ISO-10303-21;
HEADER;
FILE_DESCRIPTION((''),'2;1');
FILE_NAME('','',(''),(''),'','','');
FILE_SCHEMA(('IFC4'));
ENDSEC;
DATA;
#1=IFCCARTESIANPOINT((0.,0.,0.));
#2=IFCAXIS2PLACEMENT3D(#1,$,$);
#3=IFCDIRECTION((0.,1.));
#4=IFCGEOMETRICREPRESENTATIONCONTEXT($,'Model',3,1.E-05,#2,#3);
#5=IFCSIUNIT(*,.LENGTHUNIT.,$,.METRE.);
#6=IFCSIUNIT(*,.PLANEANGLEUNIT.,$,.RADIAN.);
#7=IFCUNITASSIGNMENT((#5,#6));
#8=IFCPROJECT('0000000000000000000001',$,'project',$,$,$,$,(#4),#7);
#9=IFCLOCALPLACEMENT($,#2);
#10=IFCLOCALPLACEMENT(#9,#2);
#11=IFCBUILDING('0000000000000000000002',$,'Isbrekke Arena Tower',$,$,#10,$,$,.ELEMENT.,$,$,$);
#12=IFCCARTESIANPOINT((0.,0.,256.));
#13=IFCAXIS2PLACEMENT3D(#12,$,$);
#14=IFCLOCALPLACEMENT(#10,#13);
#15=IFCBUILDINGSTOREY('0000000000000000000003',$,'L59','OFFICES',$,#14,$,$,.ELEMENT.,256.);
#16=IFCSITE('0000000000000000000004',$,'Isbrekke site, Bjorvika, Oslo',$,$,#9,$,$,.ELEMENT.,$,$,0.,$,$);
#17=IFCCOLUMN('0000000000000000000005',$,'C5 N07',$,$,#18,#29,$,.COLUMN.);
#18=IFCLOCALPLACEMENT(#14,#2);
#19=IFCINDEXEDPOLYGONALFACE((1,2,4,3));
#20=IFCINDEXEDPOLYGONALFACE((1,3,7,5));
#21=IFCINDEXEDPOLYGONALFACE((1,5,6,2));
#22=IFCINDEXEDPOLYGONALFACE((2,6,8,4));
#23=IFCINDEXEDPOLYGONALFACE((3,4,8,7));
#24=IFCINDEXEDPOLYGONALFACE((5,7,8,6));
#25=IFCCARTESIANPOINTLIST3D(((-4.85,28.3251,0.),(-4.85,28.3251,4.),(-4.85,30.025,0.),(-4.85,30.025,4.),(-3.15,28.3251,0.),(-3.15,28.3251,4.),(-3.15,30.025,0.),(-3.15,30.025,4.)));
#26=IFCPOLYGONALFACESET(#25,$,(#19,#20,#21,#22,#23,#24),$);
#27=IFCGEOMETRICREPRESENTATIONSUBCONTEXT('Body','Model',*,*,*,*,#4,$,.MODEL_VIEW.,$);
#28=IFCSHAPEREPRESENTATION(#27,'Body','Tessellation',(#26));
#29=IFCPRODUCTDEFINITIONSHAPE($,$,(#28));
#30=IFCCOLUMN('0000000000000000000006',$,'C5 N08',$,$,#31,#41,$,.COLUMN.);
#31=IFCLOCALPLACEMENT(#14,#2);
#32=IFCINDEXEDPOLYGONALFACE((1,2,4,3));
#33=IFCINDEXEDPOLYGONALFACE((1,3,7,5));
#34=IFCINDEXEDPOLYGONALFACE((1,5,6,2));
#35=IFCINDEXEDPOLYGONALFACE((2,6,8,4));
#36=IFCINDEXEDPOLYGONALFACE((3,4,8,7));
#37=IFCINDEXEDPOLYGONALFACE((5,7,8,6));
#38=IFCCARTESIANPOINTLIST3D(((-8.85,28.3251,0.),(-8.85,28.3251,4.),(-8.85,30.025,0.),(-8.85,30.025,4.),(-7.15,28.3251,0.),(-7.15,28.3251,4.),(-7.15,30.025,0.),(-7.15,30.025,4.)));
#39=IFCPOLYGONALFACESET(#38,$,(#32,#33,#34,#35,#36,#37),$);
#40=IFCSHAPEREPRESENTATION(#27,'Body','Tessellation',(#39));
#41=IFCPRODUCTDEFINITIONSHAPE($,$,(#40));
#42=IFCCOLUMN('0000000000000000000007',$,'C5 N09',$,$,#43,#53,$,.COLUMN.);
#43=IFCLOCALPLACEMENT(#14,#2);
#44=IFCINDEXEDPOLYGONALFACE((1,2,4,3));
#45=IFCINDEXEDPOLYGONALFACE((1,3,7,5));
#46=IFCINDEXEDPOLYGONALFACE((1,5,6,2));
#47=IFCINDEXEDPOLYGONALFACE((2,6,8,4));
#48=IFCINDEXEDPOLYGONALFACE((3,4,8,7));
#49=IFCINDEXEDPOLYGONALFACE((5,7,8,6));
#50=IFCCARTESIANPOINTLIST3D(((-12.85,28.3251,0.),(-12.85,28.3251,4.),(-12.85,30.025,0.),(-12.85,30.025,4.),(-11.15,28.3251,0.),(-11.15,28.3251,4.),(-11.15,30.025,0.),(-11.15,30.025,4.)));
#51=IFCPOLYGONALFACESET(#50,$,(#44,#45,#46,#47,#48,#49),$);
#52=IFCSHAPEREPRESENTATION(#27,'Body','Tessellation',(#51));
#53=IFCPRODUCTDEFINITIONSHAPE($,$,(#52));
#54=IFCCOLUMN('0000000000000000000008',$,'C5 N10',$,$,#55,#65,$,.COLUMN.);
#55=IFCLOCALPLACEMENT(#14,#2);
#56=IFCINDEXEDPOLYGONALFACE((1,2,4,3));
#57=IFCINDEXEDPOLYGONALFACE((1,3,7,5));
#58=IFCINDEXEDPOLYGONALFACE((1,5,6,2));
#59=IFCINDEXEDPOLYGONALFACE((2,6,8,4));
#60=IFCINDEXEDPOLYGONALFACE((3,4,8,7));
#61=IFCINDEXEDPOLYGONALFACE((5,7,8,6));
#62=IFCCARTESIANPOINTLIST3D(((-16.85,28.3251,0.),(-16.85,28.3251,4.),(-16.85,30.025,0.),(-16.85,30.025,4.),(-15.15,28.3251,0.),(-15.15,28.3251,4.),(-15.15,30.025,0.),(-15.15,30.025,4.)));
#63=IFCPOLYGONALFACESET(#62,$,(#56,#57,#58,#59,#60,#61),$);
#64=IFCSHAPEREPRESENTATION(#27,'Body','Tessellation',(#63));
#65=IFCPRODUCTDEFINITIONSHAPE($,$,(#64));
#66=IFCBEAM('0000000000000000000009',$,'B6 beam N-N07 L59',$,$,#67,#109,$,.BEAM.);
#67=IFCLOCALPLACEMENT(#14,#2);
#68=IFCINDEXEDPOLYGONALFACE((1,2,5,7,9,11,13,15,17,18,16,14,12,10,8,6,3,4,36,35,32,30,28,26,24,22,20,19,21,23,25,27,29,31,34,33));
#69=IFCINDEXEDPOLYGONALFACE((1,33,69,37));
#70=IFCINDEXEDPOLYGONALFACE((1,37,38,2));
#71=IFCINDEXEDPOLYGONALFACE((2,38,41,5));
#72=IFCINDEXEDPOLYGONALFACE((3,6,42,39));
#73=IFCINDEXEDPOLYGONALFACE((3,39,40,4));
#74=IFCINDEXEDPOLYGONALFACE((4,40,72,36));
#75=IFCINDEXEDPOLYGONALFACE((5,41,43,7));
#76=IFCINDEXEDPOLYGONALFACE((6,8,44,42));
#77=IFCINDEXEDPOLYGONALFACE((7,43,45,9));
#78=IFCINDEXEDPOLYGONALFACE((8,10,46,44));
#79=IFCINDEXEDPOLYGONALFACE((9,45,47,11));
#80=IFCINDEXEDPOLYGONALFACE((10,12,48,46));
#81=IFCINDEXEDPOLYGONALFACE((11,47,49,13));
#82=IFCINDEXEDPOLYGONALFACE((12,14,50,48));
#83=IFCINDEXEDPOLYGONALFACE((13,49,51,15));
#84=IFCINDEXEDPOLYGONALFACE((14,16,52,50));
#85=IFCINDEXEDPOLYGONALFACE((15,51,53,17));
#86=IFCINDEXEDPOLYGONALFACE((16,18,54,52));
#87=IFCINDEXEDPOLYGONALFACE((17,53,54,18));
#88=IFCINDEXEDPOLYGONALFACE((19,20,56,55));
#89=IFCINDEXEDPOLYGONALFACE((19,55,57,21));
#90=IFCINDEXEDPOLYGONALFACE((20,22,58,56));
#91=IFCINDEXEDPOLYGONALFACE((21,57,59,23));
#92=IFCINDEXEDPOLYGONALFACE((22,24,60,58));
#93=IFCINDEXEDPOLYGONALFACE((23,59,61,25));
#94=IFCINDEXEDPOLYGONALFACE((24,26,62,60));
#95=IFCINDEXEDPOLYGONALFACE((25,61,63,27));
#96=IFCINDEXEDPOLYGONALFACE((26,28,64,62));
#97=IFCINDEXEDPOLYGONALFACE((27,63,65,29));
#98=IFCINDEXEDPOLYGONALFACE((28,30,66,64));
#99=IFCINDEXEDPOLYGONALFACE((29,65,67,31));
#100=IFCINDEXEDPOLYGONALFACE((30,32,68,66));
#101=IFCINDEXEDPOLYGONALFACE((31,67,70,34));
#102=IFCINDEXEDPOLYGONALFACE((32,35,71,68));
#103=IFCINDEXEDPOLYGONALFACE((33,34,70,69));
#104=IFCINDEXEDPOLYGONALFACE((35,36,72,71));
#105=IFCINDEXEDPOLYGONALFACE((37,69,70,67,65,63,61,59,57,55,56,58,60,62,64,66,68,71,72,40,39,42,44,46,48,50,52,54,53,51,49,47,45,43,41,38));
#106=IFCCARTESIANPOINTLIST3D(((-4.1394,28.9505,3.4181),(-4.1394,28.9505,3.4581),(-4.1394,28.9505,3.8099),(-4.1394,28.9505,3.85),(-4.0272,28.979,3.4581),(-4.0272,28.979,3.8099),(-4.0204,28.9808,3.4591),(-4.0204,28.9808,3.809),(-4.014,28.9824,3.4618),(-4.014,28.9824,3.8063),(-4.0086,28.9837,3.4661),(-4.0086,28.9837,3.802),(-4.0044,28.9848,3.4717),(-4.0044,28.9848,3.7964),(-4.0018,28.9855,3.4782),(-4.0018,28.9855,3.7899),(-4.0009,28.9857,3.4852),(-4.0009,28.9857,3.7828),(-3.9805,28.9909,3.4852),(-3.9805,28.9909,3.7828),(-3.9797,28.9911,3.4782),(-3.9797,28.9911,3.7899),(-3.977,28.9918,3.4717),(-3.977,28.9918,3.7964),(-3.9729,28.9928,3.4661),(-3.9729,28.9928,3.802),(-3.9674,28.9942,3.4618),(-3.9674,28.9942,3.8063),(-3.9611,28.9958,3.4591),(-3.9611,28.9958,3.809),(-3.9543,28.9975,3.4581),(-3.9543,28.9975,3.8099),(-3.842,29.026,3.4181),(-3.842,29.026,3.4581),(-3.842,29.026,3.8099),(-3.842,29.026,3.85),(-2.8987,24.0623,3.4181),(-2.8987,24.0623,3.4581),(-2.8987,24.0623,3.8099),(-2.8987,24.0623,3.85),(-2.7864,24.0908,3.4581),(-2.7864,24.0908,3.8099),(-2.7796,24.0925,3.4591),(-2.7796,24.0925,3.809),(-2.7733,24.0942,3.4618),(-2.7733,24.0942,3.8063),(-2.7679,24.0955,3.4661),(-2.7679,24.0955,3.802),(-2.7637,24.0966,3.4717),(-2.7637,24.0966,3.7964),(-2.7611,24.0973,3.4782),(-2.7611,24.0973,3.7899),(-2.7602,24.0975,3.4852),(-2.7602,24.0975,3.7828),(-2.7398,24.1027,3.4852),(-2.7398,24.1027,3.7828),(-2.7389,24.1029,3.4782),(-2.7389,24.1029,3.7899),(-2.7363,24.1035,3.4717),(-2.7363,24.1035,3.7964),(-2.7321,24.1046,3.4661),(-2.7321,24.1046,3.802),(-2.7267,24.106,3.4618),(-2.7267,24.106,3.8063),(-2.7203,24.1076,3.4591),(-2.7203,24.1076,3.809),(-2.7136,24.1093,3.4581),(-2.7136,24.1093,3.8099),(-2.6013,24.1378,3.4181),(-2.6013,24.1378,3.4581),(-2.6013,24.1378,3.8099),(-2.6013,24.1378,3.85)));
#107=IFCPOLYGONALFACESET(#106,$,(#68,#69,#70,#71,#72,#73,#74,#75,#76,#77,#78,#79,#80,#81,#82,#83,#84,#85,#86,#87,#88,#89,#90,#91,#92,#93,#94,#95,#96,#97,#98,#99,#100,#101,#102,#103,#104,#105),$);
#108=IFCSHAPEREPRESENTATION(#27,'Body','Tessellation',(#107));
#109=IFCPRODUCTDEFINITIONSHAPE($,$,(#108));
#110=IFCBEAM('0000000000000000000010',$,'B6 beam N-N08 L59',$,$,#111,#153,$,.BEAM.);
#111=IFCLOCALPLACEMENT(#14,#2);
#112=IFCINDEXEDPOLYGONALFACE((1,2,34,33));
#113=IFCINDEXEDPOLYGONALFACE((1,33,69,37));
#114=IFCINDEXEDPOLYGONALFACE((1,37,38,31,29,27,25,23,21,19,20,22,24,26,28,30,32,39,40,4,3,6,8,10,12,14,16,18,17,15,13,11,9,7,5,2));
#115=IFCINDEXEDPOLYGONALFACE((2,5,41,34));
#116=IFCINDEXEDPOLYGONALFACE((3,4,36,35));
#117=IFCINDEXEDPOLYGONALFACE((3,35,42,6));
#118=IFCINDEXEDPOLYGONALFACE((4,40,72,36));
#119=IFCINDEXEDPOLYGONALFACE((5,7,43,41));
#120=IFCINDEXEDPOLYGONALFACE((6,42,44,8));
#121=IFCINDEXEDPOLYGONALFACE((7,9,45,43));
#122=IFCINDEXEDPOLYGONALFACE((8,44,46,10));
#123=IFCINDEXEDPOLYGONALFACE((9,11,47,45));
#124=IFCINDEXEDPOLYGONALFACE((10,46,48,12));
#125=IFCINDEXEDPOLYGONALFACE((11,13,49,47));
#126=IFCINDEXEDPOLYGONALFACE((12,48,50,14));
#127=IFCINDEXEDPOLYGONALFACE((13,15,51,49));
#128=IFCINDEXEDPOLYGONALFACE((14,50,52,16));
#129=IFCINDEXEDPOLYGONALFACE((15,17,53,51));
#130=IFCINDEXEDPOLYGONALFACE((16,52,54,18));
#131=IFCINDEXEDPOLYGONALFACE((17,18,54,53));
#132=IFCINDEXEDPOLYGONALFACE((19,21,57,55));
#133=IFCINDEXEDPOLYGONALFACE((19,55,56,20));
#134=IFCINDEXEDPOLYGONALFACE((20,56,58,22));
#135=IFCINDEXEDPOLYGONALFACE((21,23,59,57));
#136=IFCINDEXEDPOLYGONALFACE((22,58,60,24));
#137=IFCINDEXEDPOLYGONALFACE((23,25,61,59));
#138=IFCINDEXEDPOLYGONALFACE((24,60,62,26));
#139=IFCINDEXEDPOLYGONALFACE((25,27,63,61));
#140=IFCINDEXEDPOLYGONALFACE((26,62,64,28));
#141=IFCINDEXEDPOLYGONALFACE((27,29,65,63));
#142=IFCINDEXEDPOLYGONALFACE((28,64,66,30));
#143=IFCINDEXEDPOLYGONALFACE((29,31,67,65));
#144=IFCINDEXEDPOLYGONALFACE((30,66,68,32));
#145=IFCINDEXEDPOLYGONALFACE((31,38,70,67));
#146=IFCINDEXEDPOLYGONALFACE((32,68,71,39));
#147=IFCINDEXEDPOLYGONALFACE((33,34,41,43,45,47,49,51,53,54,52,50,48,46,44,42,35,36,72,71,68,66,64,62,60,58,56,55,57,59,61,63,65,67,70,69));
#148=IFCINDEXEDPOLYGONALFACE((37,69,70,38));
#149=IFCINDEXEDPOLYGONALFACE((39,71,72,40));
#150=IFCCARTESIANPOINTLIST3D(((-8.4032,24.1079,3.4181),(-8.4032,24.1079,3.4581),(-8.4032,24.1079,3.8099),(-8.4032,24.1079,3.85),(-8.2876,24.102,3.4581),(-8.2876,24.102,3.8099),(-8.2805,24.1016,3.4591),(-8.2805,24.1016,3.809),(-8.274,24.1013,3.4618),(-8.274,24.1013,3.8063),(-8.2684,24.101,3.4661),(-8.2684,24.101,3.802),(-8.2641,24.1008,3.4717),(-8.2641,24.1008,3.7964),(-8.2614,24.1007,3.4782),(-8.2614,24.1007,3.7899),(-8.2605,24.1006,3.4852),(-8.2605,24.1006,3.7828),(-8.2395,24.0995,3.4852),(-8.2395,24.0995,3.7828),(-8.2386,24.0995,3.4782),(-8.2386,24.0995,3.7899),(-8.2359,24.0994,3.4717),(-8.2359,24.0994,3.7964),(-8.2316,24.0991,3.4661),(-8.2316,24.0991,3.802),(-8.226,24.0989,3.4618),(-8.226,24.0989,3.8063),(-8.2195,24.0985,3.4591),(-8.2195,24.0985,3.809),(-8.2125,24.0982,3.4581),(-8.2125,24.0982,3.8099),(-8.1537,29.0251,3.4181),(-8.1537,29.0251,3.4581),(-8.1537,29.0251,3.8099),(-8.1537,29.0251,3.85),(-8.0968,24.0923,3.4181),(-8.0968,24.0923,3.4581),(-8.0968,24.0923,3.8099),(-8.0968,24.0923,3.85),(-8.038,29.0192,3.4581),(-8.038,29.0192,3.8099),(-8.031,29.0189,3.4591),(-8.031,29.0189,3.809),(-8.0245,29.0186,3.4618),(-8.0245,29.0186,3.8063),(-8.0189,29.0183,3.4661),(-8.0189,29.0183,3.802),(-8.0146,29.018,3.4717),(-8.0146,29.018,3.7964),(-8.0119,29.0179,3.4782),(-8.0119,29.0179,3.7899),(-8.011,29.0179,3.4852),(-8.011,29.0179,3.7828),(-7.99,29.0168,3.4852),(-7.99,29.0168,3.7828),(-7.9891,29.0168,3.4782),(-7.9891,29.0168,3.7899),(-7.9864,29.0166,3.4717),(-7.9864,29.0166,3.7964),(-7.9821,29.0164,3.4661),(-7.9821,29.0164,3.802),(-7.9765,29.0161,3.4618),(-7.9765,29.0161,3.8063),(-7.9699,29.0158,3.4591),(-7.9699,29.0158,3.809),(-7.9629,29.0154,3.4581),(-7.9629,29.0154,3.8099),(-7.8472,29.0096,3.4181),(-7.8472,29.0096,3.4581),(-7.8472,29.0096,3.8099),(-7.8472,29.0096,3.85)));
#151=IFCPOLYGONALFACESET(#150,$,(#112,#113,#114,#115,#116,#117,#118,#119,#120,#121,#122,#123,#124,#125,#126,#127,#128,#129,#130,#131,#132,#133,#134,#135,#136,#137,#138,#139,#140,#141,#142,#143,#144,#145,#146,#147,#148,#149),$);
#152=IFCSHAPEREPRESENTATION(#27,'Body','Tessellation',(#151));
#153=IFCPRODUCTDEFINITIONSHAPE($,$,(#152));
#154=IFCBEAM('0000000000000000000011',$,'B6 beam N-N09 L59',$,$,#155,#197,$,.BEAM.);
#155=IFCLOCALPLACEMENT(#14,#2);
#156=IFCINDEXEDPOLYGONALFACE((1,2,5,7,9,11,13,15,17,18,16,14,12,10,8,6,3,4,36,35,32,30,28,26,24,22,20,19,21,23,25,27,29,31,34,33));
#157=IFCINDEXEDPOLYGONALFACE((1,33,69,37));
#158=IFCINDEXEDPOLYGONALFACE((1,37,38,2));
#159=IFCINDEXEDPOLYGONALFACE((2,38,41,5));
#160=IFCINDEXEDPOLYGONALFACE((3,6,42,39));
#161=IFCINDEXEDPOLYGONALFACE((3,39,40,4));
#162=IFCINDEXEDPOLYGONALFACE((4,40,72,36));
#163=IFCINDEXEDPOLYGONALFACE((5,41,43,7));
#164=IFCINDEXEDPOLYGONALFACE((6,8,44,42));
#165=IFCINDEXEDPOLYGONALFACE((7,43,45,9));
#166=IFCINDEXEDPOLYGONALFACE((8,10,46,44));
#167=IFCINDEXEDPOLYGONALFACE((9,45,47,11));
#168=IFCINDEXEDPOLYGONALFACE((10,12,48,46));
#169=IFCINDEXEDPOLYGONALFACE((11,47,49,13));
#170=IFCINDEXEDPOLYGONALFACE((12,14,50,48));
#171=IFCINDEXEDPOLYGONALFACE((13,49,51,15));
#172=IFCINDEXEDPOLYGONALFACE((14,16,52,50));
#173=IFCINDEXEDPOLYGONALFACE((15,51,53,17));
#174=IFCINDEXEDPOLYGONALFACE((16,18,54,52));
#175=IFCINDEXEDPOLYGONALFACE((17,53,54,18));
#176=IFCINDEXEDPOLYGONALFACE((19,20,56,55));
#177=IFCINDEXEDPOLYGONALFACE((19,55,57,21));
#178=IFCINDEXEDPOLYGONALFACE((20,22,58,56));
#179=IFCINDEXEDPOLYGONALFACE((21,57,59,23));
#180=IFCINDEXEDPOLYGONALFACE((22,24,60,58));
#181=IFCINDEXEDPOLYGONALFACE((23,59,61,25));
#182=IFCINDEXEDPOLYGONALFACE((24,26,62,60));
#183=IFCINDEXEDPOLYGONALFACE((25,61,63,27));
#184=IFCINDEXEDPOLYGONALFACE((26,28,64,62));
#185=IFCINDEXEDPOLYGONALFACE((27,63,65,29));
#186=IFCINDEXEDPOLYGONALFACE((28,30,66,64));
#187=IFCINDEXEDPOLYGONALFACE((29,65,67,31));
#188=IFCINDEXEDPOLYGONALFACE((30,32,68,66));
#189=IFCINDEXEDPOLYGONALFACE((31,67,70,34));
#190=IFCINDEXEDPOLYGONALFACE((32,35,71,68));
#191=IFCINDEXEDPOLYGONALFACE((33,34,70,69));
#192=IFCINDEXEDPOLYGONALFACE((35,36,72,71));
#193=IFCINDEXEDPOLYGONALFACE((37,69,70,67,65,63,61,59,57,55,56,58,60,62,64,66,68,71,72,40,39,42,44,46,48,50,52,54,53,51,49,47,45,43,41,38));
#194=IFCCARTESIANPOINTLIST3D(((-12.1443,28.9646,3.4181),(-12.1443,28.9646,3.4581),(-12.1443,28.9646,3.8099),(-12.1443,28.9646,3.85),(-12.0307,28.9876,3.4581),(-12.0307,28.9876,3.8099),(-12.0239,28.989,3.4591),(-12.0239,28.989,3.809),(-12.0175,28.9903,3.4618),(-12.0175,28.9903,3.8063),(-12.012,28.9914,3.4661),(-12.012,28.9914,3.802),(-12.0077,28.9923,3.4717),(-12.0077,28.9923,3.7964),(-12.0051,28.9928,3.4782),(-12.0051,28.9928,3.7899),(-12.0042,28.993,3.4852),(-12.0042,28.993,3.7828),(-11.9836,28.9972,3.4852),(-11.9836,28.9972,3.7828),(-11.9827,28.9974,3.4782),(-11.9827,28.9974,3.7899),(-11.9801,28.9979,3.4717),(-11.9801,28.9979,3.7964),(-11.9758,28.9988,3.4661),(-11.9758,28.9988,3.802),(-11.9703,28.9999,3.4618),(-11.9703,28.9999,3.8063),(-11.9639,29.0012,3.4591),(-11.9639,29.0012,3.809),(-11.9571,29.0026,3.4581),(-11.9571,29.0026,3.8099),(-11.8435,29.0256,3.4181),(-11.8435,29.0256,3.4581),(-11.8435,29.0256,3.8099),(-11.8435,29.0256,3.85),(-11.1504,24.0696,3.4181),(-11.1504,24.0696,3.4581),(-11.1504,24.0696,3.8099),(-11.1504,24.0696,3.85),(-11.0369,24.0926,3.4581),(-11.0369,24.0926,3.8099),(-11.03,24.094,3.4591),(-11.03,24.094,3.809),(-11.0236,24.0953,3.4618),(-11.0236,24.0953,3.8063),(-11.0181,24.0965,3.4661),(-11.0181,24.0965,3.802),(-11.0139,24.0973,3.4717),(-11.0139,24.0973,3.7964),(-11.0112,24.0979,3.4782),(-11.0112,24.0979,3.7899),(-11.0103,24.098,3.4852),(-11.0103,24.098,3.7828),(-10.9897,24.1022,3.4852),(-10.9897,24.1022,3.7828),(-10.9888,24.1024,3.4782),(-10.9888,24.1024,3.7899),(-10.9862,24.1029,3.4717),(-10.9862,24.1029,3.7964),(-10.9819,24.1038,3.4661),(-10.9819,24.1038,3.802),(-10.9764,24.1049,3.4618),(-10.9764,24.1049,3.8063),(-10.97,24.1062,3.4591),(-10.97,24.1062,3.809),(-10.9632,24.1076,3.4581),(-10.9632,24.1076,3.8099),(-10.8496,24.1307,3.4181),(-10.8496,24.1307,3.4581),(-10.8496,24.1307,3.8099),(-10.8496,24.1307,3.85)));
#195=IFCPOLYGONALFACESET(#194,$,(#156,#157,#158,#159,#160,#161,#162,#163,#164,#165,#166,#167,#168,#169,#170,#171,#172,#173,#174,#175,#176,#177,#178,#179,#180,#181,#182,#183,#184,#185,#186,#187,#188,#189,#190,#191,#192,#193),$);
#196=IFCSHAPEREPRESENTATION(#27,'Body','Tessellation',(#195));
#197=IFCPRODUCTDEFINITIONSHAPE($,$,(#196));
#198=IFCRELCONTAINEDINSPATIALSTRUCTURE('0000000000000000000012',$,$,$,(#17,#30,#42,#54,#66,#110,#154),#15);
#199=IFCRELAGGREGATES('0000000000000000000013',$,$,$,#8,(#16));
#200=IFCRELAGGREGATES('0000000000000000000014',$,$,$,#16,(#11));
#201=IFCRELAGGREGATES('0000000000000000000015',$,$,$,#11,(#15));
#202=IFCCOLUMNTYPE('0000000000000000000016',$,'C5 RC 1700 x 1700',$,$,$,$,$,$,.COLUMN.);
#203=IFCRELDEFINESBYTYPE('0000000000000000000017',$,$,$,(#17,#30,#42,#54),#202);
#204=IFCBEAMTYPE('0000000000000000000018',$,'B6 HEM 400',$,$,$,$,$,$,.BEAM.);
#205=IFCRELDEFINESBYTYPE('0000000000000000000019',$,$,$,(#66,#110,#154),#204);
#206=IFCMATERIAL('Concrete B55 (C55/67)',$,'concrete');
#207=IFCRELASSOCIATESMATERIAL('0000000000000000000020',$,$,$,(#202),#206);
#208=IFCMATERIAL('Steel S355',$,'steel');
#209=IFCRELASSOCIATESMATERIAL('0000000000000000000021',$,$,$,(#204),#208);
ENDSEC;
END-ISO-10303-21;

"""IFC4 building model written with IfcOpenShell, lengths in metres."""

from ifc_helpers import new_model, si_unit, direction, frame, origin, origin_2d, place, context, subcontext, project, spatial, rectangle, i_section, extrude, material, material_profile, profile_set, type_object, element, save


model = new_model("IFC4")

# Units and contexts
model_context = context("Model", 3, precision=1e-05, world=origin(), true_north=direction((0.0, 1.0)))
body_context = subcontext(model_context, "Body", "Model", "MODEL_VIEW")
ifc_project = project(units=[si_unit("LENGTHUNIT", "METRE"), si_unit("PLANEANGLEUNIT", "RADIAN")], contexts=[model_context])

# Site, building, storey
site_placement = place(None, origin())
site = spatial("IfcSite", under=ifc_project, at=site_placement, Name="Isbrekke site, Bjorvika, Oslo", CompositionType="ELEMENT", RefElevation=0.0)
building_placement = place(site_placement, origin())
building = spatial("IfcBuilding", under=site, at=building_placement, Name="Isbrekke Arena Tower", CompositionType="ELEMENT")
storey_placement = place(building_placement, frame((0.0, 0.0, 256.0)))
storey = spatial("IfcBuildingStorey", under=building, at=storey_placement, Name="L59", Description="OFFICES", CompositionType="ELEMENT", Elevation=256.0)

# Columns
ifc_material_1 = material(Name="Concrete B55 (C55/67)", Category="concrete")
ifc_material_profile_1 = material_profile(ifc_material_1, rectangle(XDim=1.7, YDim=1.7, at=origin_2d()), Name="RC 1700x1700")
ifc_profile_set_1 = profile_set([ifc_material_profile_1], Name="Concrete B55 (C55/67)")
column_type = type_object("IfcColumnType", Name="C5 RC 1700 x 1700", PredefinedType="COLUMN", material=ifc_profile_set_1)
for number, where, z_axis, x_axis, name in (
    (1, (-4.0, 29.175, 0.0), (0.0, 0.0, 1.0), (-1.0, 0.0, 0.0), "C5 N07"),
    (2, (-8.0, 29.175, 0.0), (0.0, 0.0, 1.0), (-1.0, 0.0, 0.0), "C5 N08"),
    (3, (-12.0, 29.175, 0.0), (0.0, 0.0, 1.0), (-1.0, 0.0, 0.0), "C5 N09"),
    (4, (-16.0, 29.175, 0.0), (0.0, 0.0, 1.0), (-1.0, 0.0, 0.0), "C5 N10"),
):
    element("IfcColumn", number, at=place(storey_placement, frame(where, z_axis=z_axis, x_axis=x_axis)), inside=storey, type_object=column_type, Name=name, PredefinedType="COLUMN", context=body_context, shape_type="SweptSolid", body=[
        extrude(rectangle(XDim=1.7, YDim=1.7, at=origin_2d()), origin(), (0.0, 0.0, 1.0), 4.0),
    ])

# Beams
ifc_material_2 = material(Name="Steel S355", Category="steel")
ifc_material_profile_2 = material_profile(ifc_material_2, i_section(OverallWidth=0.3069, OverallDepth=0.4319, WebThickness=0.021, FlangeThickness=0.04, FilletRadius=0.0271, at=origin_2d()), Name="HEM 400")
ifc_profile_set_2 = profile_set([ifc_material_profile_2], Name="Steel S355")
beam_type_1 = type_object("IfcBeamType", Name="B6 HEM 400", PredefinedType="BEAM", material=ifc_profile_set_2)
beam_1_placement = place(storey_placement, frame((-3.9907, 28.9883, 3.634), z_axis=(0.24602, -0.969265, 0.0), x_axis=(0.969265, 0.24602, 0.0)))
element("IfcBeam", 5, at=beam_1_placement, inside=storey, type_object=beam_type_1, Name="B6 beam N-N07 L59", PredefinedType="BEAM", context=body_context, shape_type="SweptSolid", body=[
    extrude(i_section(OverallWidth=0.3069, OverallDepth=0.4319, WebThickness=0.021, FlangeThickness=0.04, FilletRadius=0.0271, at=origin_2d()), origin(), (0.0, 0.0, 1.0), 5.0432),
])
beam_2_placement = place(storey_placement, frame((-8.0005, 29.0173, 3.634), z_axis=(-0.050677, -0.998715, 0.0), x_axis=(0.998715, -0.050677, 0.0)))
element("IfcBeam", 6, at=beam_2_placement, inside=storey, type_object=beam_type_1, Name="B6 beam N-N08 L59", PredefinedType="BEAM", context=body_context, shape_type="SweptSolid", body=[
    extrude(i_section(OverallWidth=0.3069, OverallDepth=0.4319, WebThickness=0.021, FlangeThickness=0.04, FilletRadius=0.0271, at=origin_2d()), origin(), (0.0, 0.0, 1.0), 4.9236),
])
beam_3_placement = place(storey_placement, frame((-11.9939, 28.9951, 3.634), z_axis=(0.198982, -0.980003, 0.0), x_axis=(0.980003, 0.198982, 0.0)))
element("IfcBeam", 7, at=beam_3_placement, inside=storey, type_object=beam_type_1, Name="B6 beam N-N09 L59", PredefinedType="BEAM", context=body_context, shape_type="SweptSolid", body=[
    extrude(i_section(OverallWidth=0.3069, OverallDepth=0.4319, WebThickness=0.021, FlangeThickness=0.04, FilletRadius=0.0271, at=origin_2d()), origin(), (0.0, 0.0, 1.0), 4.9949),
])

save(model, "model.ifc")
